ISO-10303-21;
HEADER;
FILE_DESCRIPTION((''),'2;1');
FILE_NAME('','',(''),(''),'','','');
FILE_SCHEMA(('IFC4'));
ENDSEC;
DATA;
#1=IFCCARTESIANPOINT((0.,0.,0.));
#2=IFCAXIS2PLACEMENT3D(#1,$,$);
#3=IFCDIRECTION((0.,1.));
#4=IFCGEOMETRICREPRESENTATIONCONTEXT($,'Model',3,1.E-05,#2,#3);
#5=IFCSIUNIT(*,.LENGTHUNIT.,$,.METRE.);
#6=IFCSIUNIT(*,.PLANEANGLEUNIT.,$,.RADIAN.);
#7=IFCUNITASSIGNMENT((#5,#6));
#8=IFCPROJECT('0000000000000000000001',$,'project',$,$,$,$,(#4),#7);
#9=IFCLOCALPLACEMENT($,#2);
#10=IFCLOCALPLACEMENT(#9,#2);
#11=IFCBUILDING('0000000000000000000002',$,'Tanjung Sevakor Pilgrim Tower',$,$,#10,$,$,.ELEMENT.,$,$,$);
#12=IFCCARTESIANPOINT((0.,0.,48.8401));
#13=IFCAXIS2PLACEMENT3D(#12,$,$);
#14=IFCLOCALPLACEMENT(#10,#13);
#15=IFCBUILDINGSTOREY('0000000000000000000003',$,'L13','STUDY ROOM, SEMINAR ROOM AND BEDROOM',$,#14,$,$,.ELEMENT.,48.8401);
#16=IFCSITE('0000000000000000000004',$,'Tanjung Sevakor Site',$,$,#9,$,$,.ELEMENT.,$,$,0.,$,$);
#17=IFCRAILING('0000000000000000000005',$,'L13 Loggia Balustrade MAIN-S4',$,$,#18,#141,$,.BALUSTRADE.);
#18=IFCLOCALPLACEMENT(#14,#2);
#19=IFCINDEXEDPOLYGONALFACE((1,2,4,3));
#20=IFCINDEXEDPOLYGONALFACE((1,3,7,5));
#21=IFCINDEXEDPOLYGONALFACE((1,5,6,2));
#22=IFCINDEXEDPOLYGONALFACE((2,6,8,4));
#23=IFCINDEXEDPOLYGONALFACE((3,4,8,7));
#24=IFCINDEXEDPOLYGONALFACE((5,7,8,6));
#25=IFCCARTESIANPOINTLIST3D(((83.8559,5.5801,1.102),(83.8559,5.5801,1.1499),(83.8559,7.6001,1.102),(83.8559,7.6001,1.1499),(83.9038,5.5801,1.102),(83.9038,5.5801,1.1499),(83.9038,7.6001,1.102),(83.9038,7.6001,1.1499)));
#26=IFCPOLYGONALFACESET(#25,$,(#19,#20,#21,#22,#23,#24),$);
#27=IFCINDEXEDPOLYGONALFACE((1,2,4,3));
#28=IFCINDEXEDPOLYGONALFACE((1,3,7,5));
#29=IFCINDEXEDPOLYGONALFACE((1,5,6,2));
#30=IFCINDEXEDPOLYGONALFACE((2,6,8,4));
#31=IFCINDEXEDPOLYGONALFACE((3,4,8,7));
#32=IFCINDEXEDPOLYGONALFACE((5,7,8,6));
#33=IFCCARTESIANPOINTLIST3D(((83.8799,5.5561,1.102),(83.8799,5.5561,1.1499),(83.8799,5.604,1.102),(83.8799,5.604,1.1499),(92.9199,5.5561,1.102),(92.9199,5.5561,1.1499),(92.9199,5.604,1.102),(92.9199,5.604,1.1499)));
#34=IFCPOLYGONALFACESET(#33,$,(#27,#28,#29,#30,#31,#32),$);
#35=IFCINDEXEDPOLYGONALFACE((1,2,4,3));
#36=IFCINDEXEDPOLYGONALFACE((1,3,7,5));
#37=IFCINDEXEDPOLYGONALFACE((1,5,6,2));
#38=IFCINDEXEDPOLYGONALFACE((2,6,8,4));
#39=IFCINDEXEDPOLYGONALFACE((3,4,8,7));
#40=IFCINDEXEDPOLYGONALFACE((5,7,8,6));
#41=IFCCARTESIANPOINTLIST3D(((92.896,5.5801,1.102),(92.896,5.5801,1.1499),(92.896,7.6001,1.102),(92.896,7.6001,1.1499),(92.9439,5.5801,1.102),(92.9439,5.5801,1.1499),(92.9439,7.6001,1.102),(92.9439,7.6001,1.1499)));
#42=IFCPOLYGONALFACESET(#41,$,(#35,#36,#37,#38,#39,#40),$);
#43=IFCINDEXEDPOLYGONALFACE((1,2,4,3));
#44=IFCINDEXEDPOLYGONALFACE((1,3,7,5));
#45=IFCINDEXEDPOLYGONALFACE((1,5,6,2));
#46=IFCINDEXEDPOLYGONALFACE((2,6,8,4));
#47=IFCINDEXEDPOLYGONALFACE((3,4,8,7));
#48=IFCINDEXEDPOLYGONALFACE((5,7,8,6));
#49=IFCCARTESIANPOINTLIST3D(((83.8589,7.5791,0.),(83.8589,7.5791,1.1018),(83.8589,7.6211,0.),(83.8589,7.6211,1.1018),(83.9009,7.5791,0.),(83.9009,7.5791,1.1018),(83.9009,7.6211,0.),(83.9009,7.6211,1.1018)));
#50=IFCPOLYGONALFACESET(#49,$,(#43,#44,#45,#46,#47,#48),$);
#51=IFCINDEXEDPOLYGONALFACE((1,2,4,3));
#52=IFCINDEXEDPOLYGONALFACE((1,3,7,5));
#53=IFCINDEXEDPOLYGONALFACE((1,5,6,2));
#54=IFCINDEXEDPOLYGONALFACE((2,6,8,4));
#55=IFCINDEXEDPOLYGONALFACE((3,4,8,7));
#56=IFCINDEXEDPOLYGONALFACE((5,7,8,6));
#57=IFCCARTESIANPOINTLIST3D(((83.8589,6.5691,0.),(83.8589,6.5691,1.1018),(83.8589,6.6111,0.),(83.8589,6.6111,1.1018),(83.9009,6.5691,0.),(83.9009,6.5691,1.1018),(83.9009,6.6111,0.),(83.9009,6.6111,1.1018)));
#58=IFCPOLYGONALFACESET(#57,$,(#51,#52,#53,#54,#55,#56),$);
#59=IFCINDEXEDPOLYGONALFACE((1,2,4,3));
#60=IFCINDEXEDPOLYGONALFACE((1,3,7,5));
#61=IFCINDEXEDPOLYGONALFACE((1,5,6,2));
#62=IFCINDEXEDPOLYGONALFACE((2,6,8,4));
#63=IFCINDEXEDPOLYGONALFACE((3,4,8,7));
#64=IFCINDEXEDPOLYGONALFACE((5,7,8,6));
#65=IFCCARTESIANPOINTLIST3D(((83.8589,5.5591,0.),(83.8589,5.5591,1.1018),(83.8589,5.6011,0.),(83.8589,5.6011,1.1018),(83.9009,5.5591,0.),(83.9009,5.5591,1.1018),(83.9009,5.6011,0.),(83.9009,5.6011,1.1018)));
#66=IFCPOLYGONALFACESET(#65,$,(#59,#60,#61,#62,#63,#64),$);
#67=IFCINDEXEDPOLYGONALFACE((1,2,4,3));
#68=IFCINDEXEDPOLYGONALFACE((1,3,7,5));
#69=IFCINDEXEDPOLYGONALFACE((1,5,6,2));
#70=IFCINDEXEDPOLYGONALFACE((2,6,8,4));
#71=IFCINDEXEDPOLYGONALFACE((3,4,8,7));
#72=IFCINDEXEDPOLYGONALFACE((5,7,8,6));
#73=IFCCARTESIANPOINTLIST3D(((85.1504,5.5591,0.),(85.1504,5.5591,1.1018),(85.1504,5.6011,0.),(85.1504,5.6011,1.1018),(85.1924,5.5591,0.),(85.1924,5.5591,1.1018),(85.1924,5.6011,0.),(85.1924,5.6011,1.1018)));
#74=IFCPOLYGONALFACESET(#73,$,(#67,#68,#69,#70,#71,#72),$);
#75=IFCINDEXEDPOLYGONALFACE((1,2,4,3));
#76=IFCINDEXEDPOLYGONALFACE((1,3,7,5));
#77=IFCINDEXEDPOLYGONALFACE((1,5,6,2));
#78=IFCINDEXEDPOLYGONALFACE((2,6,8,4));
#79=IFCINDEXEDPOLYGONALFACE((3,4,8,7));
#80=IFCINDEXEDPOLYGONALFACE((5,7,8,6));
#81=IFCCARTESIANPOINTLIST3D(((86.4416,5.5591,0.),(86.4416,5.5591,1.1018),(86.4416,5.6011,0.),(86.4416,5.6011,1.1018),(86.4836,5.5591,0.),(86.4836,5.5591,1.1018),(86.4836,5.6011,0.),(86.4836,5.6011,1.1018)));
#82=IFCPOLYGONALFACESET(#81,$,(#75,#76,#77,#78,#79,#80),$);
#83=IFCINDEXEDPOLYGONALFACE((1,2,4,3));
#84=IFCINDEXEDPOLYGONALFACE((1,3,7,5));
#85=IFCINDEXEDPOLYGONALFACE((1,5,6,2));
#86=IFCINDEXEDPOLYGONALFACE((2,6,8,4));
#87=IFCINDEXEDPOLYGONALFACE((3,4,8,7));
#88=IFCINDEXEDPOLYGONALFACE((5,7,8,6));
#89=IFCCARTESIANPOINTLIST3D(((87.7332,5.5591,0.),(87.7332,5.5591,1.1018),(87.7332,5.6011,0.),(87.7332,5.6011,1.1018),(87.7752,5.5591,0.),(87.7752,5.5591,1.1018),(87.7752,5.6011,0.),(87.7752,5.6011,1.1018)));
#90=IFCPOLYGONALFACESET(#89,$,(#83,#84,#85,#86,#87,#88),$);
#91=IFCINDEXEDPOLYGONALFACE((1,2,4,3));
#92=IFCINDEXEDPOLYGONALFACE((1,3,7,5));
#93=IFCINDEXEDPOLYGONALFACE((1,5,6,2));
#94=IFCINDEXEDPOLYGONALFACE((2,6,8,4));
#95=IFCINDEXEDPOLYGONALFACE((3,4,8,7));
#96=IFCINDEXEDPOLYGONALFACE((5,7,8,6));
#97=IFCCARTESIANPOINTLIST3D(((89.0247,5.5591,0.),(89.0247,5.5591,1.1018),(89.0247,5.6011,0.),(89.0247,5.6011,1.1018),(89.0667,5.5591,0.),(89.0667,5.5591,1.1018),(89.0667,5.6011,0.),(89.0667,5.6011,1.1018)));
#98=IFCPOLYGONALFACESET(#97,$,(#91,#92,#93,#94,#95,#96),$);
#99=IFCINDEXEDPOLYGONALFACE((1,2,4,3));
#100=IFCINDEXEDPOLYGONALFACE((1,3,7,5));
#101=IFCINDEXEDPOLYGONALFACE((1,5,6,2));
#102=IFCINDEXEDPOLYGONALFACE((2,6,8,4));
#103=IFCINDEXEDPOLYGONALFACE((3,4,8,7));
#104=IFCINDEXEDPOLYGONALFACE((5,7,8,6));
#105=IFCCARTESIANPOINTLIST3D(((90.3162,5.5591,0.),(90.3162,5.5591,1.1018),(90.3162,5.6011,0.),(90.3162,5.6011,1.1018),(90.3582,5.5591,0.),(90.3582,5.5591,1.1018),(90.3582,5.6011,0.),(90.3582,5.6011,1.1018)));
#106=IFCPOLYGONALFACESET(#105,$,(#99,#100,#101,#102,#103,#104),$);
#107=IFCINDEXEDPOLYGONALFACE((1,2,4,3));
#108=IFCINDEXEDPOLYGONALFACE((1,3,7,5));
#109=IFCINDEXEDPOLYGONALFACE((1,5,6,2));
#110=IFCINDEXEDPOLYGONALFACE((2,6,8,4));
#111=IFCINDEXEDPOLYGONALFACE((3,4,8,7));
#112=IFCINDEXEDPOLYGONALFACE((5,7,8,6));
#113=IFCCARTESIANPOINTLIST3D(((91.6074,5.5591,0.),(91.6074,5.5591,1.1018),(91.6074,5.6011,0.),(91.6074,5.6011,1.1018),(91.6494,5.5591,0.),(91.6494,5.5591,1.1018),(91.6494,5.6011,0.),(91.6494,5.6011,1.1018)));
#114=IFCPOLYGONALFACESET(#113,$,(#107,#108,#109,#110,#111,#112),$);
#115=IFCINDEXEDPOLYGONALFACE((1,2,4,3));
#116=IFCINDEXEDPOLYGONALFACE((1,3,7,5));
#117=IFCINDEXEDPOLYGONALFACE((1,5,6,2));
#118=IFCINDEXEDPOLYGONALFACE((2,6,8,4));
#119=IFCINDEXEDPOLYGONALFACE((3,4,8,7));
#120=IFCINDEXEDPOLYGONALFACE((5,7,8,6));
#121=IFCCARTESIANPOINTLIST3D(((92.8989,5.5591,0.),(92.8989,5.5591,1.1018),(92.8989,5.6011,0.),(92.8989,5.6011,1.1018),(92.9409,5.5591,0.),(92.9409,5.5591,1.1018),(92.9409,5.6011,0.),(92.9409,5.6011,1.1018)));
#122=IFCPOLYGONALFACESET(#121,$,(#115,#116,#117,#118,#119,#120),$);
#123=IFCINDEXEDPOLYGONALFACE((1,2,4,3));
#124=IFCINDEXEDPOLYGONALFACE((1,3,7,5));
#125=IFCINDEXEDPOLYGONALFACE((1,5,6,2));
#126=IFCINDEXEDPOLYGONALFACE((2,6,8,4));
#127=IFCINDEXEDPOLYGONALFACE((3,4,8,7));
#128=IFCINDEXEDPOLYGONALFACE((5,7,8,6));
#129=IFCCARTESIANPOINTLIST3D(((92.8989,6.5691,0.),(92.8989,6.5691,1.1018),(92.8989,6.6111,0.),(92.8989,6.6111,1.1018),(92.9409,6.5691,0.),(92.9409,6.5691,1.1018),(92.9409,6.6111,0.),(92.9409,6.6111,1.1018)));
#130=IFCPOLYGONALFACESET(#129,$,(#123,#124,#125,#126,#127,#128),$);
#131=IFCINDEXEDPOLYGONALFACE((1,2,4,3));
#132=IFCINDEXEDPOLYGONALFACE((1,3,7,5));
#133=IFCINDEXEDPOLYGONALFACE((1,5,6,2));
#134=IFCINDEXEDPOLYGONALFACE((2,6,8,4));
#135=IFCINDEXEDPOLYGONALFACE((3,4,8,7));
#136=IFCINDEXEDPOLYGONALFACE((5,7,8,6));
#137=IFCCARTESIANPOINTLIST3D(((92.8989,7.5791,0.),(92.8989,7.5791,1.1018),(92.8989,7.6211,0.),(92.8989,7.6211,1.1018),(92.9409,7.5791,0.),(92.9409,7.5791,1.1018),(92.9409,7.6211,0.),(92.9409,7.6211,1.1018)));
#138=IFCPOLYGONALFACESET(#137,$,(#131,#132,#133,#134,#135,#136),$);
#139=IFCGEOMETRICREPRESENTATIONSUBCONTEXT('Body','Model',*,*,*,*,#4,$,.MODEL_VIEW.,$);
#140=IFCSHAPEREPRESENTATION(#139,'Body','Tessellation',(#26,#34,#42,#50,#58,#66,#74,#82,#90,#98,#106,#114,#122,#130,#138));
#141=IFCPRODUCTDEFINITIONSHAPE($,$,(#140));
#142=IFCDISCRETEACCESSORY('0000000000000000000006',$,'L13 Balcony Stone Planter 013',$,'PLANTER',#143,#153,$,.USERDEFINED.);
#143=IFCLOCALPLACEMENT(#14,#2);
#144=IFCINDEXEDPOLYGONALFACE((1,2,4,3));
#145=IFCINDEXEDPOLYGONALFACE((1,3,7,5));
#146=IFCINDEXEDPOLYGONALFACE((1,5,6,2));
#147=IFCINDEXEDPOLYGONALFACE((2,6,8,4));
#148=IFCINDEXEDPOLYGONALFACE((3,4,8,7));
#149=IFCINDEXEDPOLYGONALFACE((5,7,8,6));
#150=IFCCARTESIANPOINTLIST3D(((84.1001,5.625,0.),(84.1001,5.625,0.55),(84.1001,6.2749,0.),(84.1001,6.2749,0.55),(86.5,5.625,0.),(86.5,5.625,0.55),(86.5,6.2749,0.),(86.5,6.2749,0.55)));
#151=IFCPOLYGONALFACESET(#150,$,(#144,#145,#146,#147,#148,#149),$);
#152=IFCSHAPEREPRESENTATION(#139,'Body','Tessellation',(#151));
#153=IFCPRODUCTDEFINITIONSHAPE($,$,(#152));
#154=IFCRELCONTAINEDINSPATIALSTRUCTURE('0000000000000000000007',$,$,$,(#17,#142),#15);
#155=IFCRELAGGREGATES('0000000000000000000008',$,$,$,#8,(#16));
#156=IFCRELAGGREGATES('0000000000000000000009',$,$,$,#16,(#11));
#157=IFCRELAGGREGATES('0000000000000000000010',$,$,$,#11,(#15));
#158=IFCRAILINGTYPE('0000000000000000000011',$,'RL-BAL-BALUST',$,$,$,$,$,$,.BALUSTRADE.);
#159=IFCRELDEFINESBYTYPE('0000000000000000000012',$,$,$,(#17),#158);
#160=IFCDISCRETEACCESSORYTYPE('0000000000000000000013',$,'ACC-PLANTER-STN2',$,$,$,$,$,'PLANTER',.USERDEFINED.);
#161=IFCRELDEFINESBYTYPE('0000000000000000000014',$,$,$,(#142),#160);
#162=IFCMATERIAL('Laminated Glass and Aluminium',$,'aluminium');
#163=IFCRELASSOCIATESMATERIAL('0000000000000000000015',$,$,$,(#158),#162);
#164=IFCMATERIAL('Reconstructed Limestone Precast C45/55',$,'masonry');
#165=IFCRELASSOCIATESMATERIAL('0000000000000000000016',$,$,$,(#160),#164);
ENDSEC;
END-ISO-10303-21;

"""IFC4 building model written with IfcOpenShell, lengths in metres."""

from ifc_helpers import new_model, si_unit, direction, frame, origin, origin_2d, place, context, subcontext, project, spatial, rectangle, extrude, material, type_object, element, save


model = new_model("IFC4")

# Units and contexts
model_context = context("Model", 3, precision=1e-05, world=origin(), true_north=direction((0.0, 1.0)))
body_context = subcontext(model_context, "Body", "Model", "MODEL_VIEW")
ifc_project = project(units=[si_unit("LENGTHUNIT", "METRE"), si_unit("PLANEANGLEUNIT", "RADIAN")], contexts=[model_context])

# Site, building, storey
site_placement = place(None, origin())
site = spatial("IfcSite", under=ifc_project, at=site_placement, Name="Tanjung Sevakor Site", CompositionType="ELEMENT", RefElevation=0.0)
building_placement = place(site_placement, origin())
building = spatial("IfcBuilding", under=site, at=building_placement, Name="Tanjung Sevakor Pilgrim Tower", CompositionType="ELEMENT")
storey_placement = place(building_placement, frame((0.0, 0.0, 48.8401)))
storey = spatial("IfcBuildingStorey", under=building, at=storey_placement, Name="L13", Description="STUDY ROOM, SEMINAR ROOM AND BEDROOM", CompositionType="ELEMENT", Elevation=48.8401)

# Railing
ifc_material_1 = material(Name="Laminated Glass and Aluminium", Category="aluminium")
railing_type = type_object("IfcRailingType", Name="RL-BAL-BALUST", PredefinedType="BALUSTRADE", material=ifc_material_1)
railing_placement = place(storey_placement, frame((83.8799, 7.6001, 0.0)))
element("IfcRailing", 1, at=railing_placement, inside=storey, type_object=railing_type, Name="L13 Loggia Balustrade MAIN-S4", PredefinedType="BALUSTRADE", context=body_context, shape_type="SweptSolid", body=[
    extrude(rectangle(XDim=0.0479, YDim=0.0479), frame((0.0, 0.0, 1.126), z_axis=(0.0, -1.0, 0.0), x_axis=(1.0, 0.0, 0.0)), (0.0, 0.0, 1.0), 2.02),
    extrude(rectangle(XDim=0.0479, YDim=0.0479), frame((0.0, -2.02, 1.126), z_axis=(1.0, 0.0, 0.0), x_axis=(0.0, 1.0, 0.0)), (0.0, 0.0, 1.0), 9.04),
    extrude(rectangle(XDim=0.0479, YDim=0.0479), frame((9.04, -2.02, 1.126), z_axis=(0.0, 1.0, 0.0), x_axis=(-1.0, 0.0, 0.0)), (0.0, 0.0, 1.0), 2.02),
    extrude(rectangle(XDim=0.042, YDim=0.042), origin(), (0.0, 0.0, 1.0), 1.1018),
    extrude(rectangle(XDim=0.042, YDim=0.042), frame((0.0, -1.01, 0.0)), (0.0, 0.0, 1.0), 1.1018),
    extrude(rectangle(XDim=0.042, YDim=0.042), frame((0.0, -2.02, 0.0)), (0.0, 0.0, 1.0), 1.1018),
    extrude(rectangle(XDim=0.042, YDim=0.042), frame((1.2915, -2.02, 0.0)), (0.0, 0.0, 1.0), 1.1018),
    extrude(rectangle(XDim=0.042, YDim=0.042), frame((2.5828, -2.02, 0.0)), (0.0, 0.0, 1.0), 1.1018),
    extrude(rectangle(XDim=0.042, YDim=0.042), frame((3.8743, -2.02, 0.0)), (0.0, 0.0, 1.0), 1.1018),
    extrude(rectangle(XDim=0.042, YDim=0.042), frame((5.1658, -2.02, 0.0)), (0.0, 0.0, 1.0), 1.1018),
    extrude(rectangle(XDim=0.042, YDim=0.042), frame((6.4573, -2.02, 0.0)), (0.0, 0.0, 1.0), 1.1018),
    extrude(rectangle(XDim=0.042, YDim=0.042), frame((7.7485, -2.02, 0.0)), (0.0, 0.0, 1.0), 1.1018),
    extrude(rectangle(XDim=0.042, YDim=0.042), frame((9.04, -2.02, 0.0)), (0.0, 0.0, 1.0), 1.1018),
    extrude(rectangle(XDim=0.042, YDim=0.042), frame((9.04, -1.01, 0.0)), (0.0, 0.0, 1.0), 1.1018),
    extrude(rectangle(XDim=0.042, YDim=0.042), frame((9.04, 0.0, 0.0)), (0.0, 0.0, 1.0), 1.1018),
])

# Discrete accessory
ifc_material_2 = material(Name="Reconstructed Limestone Precast C45/55", Category="masonry")
discrete_accessory_type = type_object("IfcDiscreteAccessoryType", Name="ACC-PLANTER-STN2", ElementType="PLANTER", PredefinedType="USERDEFINED", material=ifc_material_2)
discrete_accessory_placement = place(storey_placement, frame((85.3, 5.95, 0.0), z_axis=(0.0, 0.0, 1.0), x_axis=(1.0, 0.0, 0.0)))
element("IfcDiscreteAccessory", 2, at=discrete_accessory_placement, inside=storey, type_object=discrete_accessory_type, Name="L13 Balcony Stone Planter 013", ObjectType="PLANTER", PredefinedType="USERDEFINED", context=body_context, shape_type="SweptSolid", body=[
    extrude(rectangle(XDim=2.3999, YDim=0.6499, at=origin_2d()), origin(), (0.0, 0.0, 1.0), 0.55),
])

save(model, "model.ifc")
